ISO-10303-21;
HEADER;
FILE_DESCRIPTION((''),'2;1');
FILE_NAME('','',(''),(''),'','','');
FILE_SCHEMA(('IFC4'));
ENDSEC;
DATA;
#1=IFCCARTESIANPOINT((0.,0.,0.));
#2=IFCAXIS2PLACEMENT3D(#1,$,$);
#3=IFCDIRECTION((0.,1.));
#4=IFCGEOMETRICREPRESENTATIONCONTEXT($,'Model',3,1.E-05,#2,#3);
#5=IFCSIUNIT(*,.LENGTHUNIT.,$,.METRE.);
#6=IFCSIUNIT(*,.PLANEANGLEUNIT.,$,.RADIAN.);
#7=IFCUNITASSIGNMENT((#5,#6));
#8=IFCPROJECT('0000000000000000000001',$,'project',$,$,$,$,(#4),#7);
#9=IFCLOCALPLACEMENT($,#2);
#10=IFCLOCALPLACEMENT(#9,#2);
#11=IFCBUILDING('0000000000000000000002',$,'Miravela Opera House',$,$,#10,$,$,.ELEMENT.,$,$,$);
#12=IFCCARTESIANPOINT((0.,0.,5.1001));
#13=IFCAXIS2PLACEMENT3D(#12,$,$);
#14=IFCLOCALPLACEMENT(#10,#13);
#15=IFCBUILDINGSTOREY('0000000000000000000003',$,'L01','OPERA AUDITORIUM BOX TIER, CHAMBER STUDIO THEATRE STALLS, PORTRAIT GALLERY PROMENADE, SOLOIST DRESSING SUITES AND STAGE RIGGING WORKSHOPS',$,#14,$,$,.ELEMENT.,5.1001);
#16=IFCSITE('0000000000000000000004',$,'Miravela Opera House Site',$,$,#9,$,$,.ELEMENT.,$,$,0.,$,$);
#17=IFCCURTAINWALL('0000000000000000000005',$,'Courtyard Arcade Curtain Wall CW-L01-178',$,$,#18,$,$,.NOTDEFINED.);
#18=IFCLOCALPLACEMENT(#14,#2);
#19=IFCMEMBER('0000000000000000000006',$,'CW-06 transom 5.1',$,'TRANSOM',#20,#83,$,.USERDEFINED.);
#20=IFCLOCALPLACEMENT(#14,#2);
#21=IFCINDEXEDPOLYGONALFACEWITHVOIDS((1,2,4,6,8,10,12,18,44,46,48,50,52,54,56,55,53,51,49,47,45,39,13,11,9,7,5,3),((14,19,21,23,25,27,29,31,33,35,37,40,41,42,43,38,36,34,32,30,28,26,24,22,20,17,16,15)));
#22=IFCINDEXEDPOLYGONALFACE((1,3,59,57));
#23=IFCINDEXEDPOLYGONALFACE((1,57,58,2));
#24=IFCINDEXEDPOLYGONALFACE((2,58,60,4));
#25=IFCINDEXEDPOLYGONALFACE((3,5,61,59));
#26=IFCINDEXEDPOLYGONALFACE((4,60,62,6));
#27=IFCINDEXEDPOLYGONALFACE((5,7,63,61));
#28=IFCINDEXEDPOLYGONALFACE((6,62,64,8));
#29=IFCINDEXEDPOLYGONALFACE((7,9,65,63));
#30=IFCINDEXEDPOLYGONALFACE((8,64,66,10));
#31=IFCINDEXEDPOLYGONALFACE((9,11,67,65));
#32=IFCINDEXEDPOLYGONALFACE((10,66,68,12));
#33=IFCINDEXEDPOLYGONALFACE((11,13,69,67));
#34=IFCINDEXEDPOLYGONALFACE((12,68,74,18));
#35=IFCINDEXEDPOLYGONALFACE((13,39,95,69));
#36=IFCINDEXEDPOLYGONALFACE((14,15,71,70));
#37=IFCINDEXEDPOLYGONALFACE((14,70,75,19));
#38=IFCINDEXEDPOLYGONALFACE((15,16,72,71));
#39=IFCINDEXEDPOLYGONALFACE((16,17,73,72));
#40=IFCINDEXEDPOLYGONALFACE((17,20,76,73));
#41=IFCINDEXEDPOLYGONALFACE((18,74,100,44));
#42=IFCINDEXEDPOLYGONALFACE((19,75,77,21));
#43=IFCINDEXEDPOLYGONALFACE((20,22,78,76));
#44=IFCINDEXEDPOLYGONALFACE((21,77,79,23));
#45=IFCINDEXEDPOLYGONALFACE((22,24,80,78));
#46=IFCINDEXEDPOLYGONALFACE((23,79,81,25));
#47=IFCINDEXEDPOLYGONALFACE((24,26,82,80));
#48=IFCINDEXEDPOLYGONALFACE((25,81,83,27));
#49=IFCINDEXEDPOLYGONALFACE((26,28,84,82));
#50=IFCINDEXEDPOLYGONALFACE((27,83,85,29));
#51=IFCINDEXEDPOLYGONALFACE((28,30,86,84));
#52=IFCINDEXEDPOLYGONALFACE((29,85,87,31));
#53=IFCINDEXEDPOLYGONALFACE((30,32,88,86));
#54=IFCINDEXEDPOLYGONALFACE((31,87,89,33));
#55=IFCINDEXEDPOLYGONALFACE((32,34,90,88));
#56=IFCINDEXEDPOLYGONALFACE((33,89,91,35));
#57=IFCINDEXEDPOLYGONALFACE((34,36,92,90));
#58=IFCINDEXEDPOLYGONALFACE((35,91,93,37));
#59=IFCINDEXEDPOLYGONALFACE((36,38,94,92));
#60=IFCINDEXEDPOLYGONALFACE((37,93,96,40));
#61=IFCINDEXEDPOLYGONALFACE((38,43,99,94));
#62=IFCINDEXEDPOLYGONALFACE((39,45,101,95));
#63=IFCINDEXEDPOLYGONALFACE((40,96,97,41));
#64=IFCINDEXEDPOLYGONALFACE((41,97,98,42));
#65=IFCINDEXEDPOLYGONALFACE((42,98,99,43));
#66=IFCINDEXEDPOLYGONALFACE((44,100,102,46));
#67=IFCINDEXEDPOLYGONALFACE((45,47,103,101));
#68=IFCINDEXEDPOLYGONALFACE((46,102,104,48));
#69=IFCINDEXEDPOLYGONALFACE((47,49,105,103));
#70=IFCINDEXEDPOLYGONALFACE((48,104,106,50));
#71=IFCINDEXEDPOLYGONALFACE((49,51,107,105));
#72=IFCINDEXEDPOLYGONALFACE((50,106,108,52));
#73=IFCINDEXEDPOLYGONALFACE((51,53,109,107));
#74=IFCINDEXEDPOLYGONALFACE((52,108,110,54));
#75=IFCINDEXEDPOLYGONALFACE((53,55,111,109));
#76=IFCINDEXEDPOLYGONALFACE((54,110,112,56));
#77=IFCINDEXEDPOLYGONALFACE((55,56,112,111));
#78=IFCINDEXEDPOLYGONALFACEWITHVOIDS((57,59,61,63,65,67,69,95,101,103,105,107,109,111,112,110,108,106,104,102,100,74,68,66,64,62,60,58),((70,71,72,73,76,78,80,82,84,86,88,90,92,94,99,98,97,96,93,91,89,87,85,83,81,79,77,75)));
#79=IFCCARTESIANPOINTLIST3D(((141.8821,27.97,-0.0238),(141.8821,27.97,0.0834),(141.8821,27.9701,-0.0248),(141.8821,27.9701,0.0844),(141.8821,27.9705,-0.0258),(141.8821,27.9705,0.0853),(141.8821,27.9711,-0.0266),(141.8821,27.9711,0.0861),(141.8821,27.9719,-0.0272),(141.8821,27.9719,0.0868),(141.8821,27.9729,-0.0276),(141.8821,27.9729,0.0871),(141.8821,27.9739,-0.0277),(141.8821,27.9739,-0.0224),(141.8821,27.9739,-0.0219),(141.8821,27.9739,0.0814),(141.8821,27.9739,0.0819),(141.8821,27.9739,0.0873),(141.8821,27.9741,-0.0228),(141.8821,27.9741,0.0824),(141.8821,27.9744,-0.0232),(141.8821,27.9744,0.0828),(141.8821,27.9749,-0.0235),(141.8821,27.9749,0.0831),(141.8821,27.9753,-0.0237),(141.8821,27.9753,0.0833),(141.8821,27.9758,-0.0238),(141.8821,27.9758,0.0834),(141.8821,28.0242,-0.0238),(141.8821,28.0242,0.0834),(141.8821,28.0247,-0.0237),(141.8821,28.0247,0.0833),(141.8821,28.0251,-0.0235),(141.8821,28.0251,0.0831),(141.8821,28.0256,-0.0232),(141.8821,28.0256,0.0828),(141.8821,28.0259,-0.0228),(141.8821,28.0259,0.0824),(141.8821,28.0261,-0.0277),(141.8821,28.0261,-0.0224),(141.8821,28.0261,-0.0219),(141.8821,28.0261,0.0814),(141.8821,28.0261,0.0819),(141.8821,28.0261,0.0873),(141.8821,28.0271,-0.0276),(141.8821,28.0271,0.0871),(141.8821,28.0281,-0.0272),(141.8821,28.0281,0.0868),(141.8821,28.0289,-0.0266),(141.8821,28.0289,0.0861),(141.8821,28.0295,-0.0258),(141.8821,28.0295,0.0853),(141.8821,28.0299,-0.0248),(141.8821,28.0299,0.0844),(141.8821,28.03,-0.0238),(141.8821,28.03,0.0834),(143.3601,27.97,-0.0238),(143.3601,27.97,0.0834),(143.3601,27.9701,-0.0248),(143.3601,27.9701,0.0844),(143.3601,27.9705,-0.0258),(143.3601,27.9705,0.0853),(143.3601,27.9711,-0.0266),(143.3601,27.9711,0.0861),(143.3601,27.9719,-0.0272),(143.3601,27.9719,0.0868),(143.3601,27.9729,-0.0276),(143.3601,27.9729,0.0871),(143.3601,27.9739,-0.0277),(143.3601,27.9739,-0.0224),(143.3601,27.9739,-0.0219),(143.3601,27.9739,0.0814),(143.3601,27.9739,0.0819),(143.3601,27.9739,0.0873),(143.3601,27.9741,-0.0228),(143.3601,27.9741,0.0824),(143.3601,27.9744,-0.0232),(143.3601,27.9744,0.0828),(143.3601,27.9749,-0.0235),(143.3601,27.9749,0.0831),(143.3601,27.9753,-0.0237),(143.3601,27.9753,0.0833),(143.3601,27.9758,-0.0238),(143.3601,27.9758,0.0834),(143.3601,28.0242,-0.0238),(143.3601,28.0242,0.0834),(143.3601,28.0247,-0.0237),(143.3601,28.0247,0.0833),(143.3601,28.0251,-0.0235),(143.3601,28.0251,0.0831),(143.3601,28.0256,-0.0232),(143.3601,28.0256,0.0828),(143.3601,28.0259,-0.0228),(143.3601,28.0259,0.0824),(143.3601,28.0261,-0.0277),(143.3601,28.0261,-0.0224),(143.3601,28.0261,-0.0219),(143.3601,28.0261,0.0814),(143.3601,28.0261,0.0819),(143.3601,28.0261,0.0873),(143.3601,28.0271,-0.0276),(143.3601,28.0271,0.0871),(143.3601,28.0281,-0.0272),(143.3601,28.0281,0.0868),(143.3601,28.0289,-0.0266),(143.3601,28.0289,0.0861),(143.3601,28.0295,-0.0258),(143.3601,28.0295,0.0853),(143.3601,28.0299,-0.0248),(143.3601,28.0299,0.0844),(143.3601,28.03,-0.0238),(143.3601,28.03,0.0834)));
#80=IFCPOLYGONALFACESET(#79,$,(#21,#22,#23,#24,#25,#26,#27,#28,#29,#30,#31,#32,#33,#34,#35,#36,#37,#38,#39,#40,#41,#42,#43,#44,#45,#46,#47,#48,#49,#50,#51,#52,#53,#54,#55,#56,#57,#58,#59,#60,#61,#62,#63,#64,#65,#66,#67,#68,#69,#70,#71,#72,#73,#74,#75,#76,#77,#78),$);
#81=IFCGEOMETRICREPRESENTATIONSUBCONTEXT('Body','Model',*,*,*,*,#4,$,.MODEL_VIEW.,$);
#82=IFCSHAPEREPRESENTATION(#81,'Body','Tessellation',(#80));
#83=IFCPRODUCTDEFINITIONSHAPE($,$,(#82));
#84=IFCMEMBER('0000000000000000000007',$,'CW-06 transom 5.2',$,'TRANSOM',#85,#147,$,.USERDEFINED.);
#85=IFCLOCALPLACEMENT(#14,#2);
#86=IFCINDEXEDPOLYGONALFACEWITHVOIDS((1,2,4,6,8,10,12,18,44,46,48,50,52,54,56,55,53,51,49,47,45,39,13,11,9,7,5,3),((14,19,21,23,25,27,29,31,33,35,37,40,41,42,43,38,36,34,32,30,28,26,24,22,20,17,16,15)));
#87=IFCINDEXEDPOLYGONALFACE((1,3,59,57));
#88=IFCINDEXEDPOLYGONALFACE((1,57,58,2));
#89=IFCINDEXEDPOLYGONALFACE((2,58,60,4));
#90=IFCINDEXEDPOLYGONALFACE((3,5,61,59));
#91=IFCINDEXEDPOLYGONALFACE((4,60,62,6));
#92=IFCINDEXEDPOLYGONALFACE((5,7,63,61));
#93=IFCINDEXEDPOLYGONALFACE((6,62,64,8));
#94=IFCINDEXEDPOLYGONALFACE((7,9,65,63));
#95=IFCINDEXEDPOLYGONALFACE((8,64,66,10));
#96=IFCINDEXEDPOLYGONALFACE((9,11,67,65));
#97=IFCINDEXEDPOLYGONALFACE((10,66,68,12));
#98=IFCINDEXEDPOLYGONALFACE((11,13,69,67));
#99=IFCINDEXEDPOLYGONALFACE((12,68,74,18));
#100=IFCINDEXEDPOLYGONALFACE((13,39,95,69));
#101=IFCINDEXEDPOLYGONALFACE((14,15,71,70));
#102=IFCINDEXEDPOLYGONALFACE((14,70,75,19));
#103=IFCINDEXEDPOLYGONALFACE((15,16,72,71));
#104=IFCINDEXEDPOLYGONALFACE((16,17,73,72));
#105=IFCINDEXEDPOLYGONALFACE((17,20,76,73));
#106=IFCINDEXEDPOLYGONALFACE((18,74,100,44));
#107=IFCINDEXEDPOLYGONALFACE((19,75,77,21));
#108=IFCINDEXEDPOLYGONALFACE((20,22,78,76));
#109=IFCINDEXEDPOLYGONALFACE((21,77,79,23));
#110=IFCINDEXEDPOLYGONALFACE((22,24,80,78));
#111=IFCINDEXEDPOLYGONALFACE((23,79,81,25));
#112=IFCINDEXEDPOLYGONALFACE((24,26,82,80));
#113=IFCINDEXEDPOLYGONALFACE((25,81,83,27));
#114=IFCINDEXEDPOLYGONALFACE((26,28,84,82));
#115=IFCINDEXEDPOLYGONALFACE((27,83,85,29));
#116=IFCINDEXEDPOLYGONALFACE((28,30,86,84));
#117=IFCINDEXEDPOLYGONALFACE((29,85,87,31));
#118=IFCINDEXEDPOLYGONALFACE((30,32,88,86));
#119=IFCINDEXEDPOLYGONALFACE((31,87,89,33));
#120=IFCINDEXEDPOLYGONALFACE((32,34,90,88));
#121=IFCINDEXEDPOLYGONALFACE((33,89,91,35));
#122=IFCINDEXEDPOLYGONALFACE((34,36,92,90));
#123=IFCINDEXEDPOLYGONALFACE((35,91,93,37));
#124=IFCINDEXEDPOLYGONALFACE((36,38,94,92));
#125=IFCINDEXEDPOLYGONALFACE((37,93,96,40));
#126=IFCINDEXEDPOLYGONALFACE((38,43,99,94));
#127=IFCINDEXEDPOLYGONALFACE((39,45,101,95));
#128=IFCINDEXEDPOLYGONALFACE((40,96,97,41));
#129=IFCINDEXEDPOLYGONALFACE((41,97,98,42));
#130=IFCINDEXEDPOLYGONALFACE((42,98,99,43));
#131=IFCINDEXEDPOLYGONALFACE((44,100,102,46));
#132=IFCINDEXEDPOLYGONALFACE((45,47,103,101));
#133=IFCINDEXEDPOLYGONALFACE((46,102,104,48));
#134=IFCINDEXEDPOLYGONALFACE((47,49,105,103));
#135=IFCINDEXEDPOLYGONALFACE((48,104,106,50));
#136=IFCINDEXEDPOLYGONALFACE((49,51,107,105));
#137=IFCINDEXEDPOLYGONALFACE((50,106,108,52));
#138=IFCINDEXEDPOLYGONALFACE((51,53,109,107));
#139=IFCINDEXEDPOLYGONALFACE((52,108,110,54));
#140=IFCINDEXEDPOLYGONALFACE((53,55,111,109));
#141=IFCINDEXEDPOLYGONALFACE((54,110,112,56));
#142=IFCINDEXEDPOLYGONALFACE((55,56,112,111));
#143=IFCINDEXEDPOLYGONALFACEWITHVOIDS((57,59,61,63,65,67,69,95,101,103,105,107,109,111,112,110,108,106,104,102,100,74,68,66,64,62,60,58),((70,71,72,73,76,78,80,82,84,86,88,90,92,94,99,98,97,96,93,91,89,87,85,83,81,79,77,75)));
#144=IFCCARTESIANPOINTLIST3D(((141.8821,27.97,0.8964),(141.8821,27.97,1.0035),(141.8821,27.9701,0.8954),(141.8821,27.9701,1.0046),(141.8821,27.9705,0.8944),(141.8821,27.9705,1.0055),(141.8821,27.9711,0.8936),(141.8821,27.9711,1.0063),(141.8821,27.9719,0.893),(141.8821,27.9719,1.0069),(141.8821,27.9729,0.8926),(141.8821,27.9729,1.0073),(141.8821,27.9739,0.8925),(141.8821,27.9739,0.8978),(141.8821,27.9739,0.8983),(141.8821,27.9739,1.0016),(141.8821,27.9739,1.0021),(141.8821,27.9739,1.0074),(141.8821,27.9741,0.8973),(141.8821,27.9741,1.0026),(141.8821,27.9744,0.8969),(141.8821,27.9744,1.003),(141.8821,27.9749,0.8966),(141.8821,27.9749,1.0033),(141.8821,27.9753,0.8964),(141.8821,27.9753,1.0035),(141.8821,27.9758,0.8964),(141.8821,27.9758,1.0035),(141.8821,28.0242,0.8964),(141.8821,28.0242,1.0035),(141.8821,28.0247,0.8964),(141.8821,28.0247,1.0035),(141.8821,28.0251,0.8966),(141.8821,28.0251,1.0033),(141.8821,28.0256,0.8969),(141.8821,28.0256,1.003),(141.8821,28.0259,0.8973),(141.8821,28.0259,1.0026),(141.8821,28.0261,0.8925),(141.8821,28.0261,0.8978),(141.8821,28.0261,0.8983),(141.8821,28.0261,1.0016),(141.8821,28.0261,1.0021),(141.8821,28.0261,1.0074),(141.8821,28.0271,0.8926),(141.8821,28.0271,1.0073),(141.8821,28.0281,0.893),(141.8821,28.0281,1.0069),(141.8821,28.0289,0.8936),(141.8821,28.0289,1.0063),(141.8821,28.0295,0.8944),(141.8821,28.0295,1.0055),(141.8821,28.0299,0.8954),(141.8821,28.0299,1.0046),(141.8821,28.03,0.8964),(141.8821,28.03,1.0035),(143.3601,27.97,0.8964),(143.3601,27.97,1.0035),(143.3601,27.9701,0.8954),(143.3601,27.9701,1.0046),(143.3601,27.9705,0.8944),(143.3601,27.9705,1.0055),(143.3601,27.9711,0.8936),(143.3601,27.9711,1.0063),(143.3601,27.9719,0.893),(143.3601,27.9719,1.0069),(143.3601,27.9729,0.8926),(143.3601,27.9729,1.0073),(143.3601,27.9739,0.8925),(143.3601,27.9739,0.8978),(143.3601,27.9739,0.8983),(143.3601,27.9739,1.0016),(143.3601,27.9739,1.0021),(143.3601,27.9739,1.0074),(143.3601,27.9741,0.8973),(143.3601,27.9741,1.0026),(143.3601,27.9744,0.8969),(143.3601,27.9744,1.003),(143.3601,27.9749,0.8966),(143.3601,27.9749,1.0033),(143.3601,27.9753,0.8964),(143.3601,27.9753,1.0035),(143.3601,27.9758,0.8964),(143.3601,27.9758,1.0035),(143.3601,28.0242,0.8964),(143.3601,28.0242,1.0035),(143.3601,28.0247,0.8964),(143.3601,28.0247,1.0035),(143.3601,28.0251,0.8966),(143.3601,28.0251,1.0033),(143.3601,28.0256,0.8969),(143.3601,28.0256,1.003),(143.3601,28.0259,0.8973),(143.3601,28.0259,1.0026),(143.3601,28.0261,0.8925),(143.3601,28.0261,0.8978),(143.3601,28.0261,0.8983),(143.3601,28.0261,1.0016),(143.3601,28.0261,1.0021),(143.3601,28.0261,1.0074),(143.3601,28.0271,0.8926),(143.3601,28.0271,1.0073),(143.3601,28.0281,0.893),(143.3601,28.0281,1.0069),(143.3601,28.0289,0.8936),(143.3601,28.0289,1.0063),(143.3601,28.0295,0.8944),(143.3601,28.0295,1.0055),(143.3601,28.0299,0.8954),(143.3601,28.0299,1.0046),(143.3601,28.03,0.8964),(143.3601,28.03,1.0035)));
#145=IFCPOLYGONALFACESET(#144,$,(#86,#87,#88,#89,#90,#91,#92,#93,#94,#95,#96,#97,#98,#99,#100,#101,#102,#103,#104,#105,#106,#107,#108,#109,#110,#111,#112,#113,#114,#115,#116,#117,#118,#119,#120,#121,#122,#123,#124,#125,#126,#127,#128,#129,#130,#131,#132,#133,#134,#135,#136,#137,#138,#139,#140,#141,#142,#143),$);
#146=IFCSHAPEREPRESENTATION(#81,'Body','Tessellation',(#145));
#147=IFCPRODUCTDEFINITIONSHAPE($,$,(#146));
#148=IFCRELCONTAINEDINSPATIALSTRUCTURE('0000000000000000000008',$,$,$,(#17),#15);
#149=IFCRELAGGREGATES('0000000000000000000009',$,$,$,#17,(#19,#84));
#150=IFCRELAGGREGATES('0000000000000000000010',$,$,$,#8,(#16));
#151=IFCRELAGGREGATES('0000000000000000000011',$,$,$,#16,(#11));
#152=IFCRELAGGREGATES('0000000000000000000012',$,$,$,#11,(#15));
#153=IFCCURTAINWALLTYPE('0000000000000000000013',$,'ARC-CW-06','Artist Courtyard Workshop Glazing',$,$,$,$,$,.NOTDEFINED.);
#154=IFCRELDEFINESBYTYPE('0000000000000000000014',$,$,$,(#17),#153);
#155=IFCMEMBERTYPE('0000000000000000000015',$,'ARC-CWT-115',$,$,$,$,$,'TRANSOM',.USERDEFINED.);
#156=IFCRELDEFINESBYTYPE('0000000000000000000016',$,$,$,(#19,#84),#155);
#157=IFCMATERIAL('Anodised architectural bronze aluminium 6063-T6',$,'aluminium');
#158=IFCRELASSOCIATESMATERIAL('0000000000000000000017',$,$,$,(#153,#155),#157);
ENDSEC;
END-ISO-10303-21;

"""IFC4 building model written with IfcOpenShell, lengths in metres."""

from ifc_helpers import new_model, si_unit, direction, frame, origin, origin_2d, place, context, subcontext, project, spatial, hollow_rectangle, extrude, material, material_profile, profile_set, type_object, element, aggregate, save


model = new_model("IFC4")

# Units and contexts
model_context = context("Model", 3, precision=1e-05, world=origin(), true_north=direction((0.0, 1.0)))
body_context = subcontext(model_context, "Body", "Model", "MODEL_VIEW")
ifc_project = project(units=[si_unit("LENGTHUNIT", "METRE"), si_unit("PLANEANGLEUNIT", "RADIAN")], contexts=[model_context])

# Site, building, storey
site_placement = place(None, origin())
site = spatial("IfcSite", under=ifc_project, at=site_placement, Name="Miravela Opera House Site", CompositionType="ELEMENT", RefElevation=0.0)
building_placement = place(site_placement, origin())
building = spatial("IfcBuilding", under=site, at=building_placement, Name="Miravela Opera House", CompositionType="ELEMENT")
storey_placement = place(building_placement, frame((0.0, 0.0, 5.1001)))
storey = spatial("IfcBuildingStorey", under=building, at=storey_placement, Name="L01", Description="OPERA AUDITORIUM BOX TIER, CHAMBER STUDIO THEATRE STALLS, PORTRAIT GALLERY PROMENADE, SOLOIST DRESSING SUITES AND STAGE RIGGING WORKSHOPS", CompositionType="ELEMENT", Elevation=5.1001)

# Curtain wall, members
ifc_material_1 = material(Name="Anodised architectural bronze aluminium 6063-T6", Category="aluminium")
curtain_wall_type = type_object("IfcCurtainWallType", Name="ARC-CW-06", Description="Artist Courtyard Workshop Glazing", PredefinedType="NOTDEFINED", material=ifc_material_1)
curtain_wall_placement = place(storey_placement, origin())
curtain_wall = element("IfcCurtainWall", 1, at=curtain_wall_placement, inside=storey, type_object=curtain_wall_type, Name="Courtyard Arcade Curtain Wall CW-L01-178", PredefinedType="NOTDEFINED")
ifc_material_profile_1 = material_profile(ifc_material_1, hollow_rectangle(XDim=0.0601, YDim=0.115, WallThickness=0.0039, InnerFilletRadius=0.002, OuterFilletRadius=0.0039, at=origin_2d()), Name="CWT-60X115")
ifc_profile_set_1 = profile_set([ifc_material_profile_1])
member_type_1 = type_object("IfcMemberType", Name="ARC-CWT-115", ElementType="TRANSOM", PredefinedType="USERDEFINED", material=ifc_profile_set_1)
member_1_placement = place(storey_placement, frame((141.8821, 28.0, 0.0298), z_axis=(1.0, 0.0, 0.0), x_axis=(0.0, 1.0, 0.0)))
member_1 = element("IfcMember", 2, at=member_1_placement, type_object=member_type_1, Name="CW-06 transom 5.1", ObjectType="TRANSOM", PredefinedType="USERDEFINED", context=body_context, shape_type="SweptSolid", body=[
    extrude(hollow_rectangle(XDim=0.0601, YDim=0.115, WallThickness=0.0039, InnerFilletRadius=0.002, OuterFilletRadius=0.0039, at=origin_2d()), origin(), (0.0, 0.0, 1.0), 1.478),
])
member_2_placement = place(storey_placement, frame((141.8821, 28.0, 0.95), z_axis=(1.0, 0.0, 0.0), x_axis=(0.0, 1.0, 0.0)))
member_2 = element("IfcMember", 3, at=member_2_placement, type_object=member_type_1, Name="CW-06 transom 5.2", ObjectType="TRANSOM", PredefinedType="USERDEFINED", context=body_context, shape_type="SweptSolid", body=[
    extrude(hollow_rectangle(XDim=0.0601, YDim=0.115, WallThickness=0.0039, InnerFilletRadius=0.002, OuterFilletRadius=0.0039, at=origin_2d()), origin(), (0.0, 0.0, 1.0), 1.478),
])

aggregate(curtain_wall, [member_1, member_2])

save(model, "model.ifc")
